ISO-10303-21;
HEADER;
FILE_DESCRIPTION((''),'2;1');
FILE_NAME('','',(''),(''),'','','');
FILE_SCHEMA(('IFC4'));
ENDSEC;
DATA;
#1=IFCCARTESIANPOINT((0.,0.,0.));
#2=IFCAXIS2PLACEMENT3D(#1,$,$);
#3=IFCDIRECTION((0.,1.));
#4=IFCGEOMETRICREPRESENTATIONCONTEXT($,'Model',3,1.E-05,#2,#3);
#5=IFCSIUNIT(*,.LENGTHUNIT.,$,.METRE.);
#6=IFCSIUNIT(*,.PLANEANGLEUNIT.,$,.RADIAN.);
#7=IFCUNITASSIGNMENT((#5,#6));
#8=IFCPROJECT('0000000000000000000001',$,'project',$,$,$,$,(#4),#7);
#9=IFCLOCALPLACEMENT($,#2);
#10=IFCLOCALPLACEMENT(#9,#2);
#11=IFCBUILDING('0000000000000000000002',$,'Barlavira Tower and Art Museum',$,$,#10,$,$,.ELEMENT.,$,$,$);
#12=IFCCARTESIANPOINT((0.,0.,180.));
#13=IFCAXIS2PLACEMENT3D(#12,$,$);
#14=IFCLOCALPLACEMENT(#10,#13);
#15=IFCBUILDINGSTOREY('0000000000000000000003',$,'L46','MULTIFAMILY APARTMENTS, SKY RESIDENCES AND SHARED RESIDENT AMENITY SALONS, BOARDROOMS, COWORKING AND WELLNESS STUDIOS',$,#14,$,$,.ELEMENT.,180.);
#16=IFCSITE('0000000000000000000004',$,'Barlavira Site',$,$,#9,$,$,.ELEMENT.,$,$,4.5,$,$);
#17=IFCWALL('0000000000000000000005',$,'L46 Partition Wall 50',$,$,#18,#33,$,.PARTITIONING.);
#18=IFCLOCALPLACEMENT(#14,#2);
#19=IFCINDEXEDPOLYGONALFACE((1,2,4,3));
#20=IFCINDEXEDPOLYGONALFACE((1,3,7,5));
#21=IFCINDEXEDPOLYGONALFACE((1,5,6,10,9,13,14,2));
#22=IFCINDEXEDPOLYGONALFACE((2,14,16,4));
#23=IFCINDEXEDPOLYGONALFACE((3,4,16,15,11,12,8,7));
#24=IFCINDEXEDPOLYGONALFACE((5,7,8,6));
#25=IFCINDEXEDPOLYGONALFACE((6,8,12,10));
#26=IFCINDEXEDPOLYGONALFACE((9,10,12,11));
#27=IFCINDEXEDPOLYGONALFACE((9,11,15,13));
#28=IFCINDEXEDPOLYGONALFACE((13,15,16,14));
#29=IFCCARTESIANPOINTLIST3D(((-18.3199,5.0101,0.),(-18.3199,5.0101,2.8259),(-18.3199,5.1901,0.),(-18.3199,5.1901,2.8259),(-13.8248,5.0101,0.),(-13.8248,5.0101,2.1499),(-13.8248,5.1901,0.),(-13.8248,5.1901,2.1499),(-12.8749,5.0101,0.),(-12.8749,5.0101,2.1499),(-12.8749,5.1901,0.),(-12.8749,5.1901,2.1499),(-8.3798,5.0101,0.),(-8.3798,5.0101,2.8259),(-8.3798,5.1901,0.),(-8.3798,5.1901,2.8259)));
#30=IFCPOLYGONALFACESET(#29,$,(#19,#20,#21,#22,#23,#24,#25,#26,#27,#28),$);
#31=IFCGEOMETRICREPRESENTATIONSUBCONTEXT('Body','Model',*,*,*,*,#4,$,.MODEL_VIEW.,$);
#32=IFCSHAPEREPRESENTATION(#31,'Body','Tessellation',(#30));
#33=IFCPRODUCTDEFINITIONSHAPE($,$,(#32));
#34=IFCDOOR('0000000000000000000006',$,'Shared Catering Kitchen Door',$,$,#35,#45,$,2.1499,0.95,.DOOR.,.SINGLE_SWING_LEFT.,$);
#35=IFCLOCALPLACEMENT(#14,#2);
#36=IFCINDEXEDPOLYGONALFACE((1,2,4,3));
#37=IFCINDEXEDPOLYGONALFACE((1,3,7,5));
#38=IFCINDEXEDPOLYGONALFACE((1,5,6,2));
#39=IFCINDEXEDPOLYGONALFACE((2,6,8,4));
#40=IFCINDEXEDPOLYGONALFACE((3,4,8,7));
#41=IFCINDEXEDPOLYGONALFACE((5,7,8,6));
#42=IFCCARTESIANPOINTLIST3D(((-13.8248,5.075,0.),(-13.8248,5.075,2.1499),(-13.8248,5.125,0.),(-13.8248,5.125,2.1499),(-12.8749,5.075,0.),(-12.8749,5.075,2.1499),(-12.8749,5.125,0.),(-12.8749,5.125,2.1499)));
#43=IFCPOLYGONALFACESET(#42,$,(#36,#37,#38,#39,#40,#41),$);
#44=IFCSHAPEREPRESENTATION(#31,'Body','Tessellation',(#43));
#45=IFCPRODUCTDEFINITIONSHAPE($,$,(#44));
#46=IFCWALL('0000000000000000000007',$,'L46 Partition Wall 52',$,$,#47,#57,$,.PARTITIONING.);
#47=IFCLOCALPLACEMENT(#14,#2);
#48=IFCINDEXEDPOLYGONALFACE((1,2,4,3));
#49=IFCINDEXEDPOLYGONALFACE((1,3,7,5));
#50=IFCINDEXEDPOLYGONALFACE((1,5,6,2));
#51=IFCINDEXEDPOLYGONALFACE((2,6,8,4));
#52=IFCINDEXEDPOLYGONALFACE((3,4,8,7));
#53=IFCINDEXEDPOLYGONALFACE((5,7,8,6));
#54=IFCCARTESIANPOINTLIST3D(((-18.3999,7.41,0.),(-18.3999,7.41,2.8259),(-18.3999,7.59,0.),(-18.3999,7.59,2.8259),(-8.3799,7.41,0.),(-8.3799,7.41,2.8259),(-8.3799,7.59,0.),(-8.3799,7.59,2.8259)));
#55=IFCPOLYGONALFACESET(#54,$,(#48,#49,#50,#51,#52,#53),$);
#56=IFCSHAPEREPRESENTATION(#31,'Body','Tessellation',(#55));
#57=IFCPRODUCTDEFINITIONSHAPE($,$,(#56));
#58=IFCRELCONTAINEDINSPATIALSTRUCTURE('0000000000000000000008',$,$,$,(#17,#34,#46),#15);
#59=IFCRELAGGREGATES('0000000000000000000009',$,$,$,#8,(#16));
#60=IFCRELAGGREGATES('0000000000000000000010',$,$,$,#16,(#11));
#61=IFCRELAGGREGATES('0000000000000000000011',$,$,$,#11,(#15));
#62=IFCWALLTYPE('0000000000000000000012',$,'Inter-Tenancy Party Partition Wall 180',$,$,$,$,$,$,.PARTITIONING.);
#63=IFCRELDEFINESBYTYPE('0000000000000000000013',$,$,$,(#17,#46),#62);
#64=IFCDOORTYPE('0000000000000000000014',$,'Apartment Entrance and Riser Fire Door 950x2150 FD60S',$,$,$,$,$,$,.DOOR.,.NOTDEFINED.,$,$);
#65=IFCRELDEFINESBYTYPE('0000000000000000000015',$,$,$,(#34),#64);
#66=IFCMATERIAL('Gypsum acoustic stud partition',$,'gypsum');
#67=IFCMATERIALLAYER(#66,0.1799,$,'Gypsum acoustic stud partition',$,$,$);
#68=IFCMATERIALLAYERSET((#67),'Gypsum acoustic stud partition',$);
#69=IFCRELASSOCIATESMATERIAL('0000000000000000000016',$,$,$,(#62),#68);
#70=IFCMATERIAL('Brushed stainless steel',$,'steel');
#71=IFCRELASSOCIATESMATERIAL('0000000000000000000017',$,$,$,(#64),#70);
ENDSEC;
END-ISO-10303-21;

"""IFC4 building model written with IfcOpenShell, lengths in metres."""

from ifc_helpers import new_model, si_unit, direction, frame, frame_2d, origin, place, context, subcontext, project, spatial, rectangle, extrude, material, layer, layer_set, type_object, element, fill, save


model = new_model("IFC4")

# Units and contexts
model_context = context("Model", 3, precision=1e-05, world=origin(), true_north=direction((0.0, 1.0)))
body_context = subcontext(model_context, "Body", "Model", "MODEL_VIEW")
ifc_project = project(units=[si_unit("LENGTHUNIT", "METRE"), si_unit("PLANEANGLEUNIT", "RADIAN")], contexts=[model_context])

# Site, building, storey
site_placement = place(None, origin())
site = spatial("IfcSite", under=ifc_project, at=site_placement, Name="Barlavira Site", CompositionType="ELEMENT", RefElevation=4.5)
building_placement = place(site_placement, origin())
building = spatial("IfcBuilding", under=site, at=building_placement, Name="Barlavira Tower and Art Museum", CompositionType="ELEMENT")
storey_placement = place(building_placement, frame((0.0, 0.0, 180.0)))
storey = spatial("IfcBuildingStorey", under=building, at=storey_placement, Name="L46", Description="MULTIFAMILY APARTMENTS, SKY RESIDENCES AND SHARED RESIDENT AMENITY SALONS, BOARDROOMS, COWORKING AND WELLNESS STUDIOS", CompositionType="ELEMENT", Elevation=180.0)

# Wall, opening, door
ifc_material_1 = material(Name="Gypsum acoustic stud partition", Category="gypsum")
ifc_layer_1 = layer(ifc_material_1, 0.1799, Name="Gypsum acoustic stud partition")
ifc_layer_set_1 = layer_set([ifc_layer_1], Name="Gypsum acoustic stud partition")
wall_type = type_object("IfcWallType", Name="Inter-Tenancy Party Partition Wall 180", PredefinedType="PARTITIONING", material=ifc_layer_set_1)
wall_1_placement = place(storey_placement, frame((-18.3201, 5.1001, 0.0), z_axis=(0.0, 0.0, 1.0), x_axis=(1.0, 0.0, 0.0)))
wall_1 = element("IfcWall", 1, at=wall_1_placement, inside=storey, type_object=wall_type, Name="L46 Partition Wall 50", PredefinedType="PARTITIONING", context=body_context, shape_type="SweptSolid", body=[
    extrude(rectangle(XDim=9.9402, YDim=0.1799, at=frame_2d((4.9702, 0.0))), origin(), (0.0, 0.0, 1.0), 2.8259),
])
opening_placement = place(wall_1_placement, frame((4.4951, 0.0, 0.0)))
opening = element("IfcOpeningElement", 2, at=opening_placement, cuts=wall_1, PredefinedType="OPENING", context=body_context, shape_type="SweptSolid", body=[
    extrude(rectangle(XDim=0.95, YDim=2.1499, at=frame_2d((0.4751, 1.075))), frame((0.0, 0.1001, 0.0), z_axis=(0.0, -1.0, 0.0), x_axis=(1.0, 0.0, 0.0)), (0.0, 0.0, 1.0), 0.2),
])
ifc_material_2 = material(Name="Brushed stainless steel", Category="steel")
door_type = type_object("IfcDoorType", Name="Apartment Entrance and Riser Fire Door 950x2150 FD60S", OperationType="NOTDEFINED", PredefinedType="DOOR", material=ifc_material_2)
door_placement = place(opening_placement, origin())
door = element("IfcDoor", 3, at=door_placement, inside=storey, type_object=door_type, Name="Shared Catering Kitchen Door", OperationType="SINGLE_SWING_LEFT", OverallHeight=2.1499, OverallWidth=0.95, PredefinedType="DOOR", context=body_context, shape_type="SweptSolid", body=[
    extrude(rectangle(XDim=0.95, YDim=2.1499, at=frame_2d((0.4751, 1.075))), frame((0.0, 0.0249, 0.0), z_axis=(0.0, -1.0, 0.0), x_axis=(1.0, 0.0, 0.0)), (0.0, 0.0, 1.0), 0.05),
])
fill(opening, door)

# Wall
wall_2_placement = place(storey_placement, frame((-18.3999, 7.5, 0.0), z_axis=(0.0, 0.0, 1.0), x_axis=(1.0, 0.0, 0.0)))
element("IfcWall", 4, at=wall_2_placement, inside=storey, type_object=wall_type, Name="L46 Partition Wall 52", PredefinedType="PARTITIONING", context=body_context, shape_type="SweptSolid", body=[
    extrude(rectangle(XDim=10.02, YDim=0.1799, at=frame_2d((5.01, 0.0))), origin(), (0.0, 0.0, 1.0), 2.8259),
])

save(model, "model.ifc")
